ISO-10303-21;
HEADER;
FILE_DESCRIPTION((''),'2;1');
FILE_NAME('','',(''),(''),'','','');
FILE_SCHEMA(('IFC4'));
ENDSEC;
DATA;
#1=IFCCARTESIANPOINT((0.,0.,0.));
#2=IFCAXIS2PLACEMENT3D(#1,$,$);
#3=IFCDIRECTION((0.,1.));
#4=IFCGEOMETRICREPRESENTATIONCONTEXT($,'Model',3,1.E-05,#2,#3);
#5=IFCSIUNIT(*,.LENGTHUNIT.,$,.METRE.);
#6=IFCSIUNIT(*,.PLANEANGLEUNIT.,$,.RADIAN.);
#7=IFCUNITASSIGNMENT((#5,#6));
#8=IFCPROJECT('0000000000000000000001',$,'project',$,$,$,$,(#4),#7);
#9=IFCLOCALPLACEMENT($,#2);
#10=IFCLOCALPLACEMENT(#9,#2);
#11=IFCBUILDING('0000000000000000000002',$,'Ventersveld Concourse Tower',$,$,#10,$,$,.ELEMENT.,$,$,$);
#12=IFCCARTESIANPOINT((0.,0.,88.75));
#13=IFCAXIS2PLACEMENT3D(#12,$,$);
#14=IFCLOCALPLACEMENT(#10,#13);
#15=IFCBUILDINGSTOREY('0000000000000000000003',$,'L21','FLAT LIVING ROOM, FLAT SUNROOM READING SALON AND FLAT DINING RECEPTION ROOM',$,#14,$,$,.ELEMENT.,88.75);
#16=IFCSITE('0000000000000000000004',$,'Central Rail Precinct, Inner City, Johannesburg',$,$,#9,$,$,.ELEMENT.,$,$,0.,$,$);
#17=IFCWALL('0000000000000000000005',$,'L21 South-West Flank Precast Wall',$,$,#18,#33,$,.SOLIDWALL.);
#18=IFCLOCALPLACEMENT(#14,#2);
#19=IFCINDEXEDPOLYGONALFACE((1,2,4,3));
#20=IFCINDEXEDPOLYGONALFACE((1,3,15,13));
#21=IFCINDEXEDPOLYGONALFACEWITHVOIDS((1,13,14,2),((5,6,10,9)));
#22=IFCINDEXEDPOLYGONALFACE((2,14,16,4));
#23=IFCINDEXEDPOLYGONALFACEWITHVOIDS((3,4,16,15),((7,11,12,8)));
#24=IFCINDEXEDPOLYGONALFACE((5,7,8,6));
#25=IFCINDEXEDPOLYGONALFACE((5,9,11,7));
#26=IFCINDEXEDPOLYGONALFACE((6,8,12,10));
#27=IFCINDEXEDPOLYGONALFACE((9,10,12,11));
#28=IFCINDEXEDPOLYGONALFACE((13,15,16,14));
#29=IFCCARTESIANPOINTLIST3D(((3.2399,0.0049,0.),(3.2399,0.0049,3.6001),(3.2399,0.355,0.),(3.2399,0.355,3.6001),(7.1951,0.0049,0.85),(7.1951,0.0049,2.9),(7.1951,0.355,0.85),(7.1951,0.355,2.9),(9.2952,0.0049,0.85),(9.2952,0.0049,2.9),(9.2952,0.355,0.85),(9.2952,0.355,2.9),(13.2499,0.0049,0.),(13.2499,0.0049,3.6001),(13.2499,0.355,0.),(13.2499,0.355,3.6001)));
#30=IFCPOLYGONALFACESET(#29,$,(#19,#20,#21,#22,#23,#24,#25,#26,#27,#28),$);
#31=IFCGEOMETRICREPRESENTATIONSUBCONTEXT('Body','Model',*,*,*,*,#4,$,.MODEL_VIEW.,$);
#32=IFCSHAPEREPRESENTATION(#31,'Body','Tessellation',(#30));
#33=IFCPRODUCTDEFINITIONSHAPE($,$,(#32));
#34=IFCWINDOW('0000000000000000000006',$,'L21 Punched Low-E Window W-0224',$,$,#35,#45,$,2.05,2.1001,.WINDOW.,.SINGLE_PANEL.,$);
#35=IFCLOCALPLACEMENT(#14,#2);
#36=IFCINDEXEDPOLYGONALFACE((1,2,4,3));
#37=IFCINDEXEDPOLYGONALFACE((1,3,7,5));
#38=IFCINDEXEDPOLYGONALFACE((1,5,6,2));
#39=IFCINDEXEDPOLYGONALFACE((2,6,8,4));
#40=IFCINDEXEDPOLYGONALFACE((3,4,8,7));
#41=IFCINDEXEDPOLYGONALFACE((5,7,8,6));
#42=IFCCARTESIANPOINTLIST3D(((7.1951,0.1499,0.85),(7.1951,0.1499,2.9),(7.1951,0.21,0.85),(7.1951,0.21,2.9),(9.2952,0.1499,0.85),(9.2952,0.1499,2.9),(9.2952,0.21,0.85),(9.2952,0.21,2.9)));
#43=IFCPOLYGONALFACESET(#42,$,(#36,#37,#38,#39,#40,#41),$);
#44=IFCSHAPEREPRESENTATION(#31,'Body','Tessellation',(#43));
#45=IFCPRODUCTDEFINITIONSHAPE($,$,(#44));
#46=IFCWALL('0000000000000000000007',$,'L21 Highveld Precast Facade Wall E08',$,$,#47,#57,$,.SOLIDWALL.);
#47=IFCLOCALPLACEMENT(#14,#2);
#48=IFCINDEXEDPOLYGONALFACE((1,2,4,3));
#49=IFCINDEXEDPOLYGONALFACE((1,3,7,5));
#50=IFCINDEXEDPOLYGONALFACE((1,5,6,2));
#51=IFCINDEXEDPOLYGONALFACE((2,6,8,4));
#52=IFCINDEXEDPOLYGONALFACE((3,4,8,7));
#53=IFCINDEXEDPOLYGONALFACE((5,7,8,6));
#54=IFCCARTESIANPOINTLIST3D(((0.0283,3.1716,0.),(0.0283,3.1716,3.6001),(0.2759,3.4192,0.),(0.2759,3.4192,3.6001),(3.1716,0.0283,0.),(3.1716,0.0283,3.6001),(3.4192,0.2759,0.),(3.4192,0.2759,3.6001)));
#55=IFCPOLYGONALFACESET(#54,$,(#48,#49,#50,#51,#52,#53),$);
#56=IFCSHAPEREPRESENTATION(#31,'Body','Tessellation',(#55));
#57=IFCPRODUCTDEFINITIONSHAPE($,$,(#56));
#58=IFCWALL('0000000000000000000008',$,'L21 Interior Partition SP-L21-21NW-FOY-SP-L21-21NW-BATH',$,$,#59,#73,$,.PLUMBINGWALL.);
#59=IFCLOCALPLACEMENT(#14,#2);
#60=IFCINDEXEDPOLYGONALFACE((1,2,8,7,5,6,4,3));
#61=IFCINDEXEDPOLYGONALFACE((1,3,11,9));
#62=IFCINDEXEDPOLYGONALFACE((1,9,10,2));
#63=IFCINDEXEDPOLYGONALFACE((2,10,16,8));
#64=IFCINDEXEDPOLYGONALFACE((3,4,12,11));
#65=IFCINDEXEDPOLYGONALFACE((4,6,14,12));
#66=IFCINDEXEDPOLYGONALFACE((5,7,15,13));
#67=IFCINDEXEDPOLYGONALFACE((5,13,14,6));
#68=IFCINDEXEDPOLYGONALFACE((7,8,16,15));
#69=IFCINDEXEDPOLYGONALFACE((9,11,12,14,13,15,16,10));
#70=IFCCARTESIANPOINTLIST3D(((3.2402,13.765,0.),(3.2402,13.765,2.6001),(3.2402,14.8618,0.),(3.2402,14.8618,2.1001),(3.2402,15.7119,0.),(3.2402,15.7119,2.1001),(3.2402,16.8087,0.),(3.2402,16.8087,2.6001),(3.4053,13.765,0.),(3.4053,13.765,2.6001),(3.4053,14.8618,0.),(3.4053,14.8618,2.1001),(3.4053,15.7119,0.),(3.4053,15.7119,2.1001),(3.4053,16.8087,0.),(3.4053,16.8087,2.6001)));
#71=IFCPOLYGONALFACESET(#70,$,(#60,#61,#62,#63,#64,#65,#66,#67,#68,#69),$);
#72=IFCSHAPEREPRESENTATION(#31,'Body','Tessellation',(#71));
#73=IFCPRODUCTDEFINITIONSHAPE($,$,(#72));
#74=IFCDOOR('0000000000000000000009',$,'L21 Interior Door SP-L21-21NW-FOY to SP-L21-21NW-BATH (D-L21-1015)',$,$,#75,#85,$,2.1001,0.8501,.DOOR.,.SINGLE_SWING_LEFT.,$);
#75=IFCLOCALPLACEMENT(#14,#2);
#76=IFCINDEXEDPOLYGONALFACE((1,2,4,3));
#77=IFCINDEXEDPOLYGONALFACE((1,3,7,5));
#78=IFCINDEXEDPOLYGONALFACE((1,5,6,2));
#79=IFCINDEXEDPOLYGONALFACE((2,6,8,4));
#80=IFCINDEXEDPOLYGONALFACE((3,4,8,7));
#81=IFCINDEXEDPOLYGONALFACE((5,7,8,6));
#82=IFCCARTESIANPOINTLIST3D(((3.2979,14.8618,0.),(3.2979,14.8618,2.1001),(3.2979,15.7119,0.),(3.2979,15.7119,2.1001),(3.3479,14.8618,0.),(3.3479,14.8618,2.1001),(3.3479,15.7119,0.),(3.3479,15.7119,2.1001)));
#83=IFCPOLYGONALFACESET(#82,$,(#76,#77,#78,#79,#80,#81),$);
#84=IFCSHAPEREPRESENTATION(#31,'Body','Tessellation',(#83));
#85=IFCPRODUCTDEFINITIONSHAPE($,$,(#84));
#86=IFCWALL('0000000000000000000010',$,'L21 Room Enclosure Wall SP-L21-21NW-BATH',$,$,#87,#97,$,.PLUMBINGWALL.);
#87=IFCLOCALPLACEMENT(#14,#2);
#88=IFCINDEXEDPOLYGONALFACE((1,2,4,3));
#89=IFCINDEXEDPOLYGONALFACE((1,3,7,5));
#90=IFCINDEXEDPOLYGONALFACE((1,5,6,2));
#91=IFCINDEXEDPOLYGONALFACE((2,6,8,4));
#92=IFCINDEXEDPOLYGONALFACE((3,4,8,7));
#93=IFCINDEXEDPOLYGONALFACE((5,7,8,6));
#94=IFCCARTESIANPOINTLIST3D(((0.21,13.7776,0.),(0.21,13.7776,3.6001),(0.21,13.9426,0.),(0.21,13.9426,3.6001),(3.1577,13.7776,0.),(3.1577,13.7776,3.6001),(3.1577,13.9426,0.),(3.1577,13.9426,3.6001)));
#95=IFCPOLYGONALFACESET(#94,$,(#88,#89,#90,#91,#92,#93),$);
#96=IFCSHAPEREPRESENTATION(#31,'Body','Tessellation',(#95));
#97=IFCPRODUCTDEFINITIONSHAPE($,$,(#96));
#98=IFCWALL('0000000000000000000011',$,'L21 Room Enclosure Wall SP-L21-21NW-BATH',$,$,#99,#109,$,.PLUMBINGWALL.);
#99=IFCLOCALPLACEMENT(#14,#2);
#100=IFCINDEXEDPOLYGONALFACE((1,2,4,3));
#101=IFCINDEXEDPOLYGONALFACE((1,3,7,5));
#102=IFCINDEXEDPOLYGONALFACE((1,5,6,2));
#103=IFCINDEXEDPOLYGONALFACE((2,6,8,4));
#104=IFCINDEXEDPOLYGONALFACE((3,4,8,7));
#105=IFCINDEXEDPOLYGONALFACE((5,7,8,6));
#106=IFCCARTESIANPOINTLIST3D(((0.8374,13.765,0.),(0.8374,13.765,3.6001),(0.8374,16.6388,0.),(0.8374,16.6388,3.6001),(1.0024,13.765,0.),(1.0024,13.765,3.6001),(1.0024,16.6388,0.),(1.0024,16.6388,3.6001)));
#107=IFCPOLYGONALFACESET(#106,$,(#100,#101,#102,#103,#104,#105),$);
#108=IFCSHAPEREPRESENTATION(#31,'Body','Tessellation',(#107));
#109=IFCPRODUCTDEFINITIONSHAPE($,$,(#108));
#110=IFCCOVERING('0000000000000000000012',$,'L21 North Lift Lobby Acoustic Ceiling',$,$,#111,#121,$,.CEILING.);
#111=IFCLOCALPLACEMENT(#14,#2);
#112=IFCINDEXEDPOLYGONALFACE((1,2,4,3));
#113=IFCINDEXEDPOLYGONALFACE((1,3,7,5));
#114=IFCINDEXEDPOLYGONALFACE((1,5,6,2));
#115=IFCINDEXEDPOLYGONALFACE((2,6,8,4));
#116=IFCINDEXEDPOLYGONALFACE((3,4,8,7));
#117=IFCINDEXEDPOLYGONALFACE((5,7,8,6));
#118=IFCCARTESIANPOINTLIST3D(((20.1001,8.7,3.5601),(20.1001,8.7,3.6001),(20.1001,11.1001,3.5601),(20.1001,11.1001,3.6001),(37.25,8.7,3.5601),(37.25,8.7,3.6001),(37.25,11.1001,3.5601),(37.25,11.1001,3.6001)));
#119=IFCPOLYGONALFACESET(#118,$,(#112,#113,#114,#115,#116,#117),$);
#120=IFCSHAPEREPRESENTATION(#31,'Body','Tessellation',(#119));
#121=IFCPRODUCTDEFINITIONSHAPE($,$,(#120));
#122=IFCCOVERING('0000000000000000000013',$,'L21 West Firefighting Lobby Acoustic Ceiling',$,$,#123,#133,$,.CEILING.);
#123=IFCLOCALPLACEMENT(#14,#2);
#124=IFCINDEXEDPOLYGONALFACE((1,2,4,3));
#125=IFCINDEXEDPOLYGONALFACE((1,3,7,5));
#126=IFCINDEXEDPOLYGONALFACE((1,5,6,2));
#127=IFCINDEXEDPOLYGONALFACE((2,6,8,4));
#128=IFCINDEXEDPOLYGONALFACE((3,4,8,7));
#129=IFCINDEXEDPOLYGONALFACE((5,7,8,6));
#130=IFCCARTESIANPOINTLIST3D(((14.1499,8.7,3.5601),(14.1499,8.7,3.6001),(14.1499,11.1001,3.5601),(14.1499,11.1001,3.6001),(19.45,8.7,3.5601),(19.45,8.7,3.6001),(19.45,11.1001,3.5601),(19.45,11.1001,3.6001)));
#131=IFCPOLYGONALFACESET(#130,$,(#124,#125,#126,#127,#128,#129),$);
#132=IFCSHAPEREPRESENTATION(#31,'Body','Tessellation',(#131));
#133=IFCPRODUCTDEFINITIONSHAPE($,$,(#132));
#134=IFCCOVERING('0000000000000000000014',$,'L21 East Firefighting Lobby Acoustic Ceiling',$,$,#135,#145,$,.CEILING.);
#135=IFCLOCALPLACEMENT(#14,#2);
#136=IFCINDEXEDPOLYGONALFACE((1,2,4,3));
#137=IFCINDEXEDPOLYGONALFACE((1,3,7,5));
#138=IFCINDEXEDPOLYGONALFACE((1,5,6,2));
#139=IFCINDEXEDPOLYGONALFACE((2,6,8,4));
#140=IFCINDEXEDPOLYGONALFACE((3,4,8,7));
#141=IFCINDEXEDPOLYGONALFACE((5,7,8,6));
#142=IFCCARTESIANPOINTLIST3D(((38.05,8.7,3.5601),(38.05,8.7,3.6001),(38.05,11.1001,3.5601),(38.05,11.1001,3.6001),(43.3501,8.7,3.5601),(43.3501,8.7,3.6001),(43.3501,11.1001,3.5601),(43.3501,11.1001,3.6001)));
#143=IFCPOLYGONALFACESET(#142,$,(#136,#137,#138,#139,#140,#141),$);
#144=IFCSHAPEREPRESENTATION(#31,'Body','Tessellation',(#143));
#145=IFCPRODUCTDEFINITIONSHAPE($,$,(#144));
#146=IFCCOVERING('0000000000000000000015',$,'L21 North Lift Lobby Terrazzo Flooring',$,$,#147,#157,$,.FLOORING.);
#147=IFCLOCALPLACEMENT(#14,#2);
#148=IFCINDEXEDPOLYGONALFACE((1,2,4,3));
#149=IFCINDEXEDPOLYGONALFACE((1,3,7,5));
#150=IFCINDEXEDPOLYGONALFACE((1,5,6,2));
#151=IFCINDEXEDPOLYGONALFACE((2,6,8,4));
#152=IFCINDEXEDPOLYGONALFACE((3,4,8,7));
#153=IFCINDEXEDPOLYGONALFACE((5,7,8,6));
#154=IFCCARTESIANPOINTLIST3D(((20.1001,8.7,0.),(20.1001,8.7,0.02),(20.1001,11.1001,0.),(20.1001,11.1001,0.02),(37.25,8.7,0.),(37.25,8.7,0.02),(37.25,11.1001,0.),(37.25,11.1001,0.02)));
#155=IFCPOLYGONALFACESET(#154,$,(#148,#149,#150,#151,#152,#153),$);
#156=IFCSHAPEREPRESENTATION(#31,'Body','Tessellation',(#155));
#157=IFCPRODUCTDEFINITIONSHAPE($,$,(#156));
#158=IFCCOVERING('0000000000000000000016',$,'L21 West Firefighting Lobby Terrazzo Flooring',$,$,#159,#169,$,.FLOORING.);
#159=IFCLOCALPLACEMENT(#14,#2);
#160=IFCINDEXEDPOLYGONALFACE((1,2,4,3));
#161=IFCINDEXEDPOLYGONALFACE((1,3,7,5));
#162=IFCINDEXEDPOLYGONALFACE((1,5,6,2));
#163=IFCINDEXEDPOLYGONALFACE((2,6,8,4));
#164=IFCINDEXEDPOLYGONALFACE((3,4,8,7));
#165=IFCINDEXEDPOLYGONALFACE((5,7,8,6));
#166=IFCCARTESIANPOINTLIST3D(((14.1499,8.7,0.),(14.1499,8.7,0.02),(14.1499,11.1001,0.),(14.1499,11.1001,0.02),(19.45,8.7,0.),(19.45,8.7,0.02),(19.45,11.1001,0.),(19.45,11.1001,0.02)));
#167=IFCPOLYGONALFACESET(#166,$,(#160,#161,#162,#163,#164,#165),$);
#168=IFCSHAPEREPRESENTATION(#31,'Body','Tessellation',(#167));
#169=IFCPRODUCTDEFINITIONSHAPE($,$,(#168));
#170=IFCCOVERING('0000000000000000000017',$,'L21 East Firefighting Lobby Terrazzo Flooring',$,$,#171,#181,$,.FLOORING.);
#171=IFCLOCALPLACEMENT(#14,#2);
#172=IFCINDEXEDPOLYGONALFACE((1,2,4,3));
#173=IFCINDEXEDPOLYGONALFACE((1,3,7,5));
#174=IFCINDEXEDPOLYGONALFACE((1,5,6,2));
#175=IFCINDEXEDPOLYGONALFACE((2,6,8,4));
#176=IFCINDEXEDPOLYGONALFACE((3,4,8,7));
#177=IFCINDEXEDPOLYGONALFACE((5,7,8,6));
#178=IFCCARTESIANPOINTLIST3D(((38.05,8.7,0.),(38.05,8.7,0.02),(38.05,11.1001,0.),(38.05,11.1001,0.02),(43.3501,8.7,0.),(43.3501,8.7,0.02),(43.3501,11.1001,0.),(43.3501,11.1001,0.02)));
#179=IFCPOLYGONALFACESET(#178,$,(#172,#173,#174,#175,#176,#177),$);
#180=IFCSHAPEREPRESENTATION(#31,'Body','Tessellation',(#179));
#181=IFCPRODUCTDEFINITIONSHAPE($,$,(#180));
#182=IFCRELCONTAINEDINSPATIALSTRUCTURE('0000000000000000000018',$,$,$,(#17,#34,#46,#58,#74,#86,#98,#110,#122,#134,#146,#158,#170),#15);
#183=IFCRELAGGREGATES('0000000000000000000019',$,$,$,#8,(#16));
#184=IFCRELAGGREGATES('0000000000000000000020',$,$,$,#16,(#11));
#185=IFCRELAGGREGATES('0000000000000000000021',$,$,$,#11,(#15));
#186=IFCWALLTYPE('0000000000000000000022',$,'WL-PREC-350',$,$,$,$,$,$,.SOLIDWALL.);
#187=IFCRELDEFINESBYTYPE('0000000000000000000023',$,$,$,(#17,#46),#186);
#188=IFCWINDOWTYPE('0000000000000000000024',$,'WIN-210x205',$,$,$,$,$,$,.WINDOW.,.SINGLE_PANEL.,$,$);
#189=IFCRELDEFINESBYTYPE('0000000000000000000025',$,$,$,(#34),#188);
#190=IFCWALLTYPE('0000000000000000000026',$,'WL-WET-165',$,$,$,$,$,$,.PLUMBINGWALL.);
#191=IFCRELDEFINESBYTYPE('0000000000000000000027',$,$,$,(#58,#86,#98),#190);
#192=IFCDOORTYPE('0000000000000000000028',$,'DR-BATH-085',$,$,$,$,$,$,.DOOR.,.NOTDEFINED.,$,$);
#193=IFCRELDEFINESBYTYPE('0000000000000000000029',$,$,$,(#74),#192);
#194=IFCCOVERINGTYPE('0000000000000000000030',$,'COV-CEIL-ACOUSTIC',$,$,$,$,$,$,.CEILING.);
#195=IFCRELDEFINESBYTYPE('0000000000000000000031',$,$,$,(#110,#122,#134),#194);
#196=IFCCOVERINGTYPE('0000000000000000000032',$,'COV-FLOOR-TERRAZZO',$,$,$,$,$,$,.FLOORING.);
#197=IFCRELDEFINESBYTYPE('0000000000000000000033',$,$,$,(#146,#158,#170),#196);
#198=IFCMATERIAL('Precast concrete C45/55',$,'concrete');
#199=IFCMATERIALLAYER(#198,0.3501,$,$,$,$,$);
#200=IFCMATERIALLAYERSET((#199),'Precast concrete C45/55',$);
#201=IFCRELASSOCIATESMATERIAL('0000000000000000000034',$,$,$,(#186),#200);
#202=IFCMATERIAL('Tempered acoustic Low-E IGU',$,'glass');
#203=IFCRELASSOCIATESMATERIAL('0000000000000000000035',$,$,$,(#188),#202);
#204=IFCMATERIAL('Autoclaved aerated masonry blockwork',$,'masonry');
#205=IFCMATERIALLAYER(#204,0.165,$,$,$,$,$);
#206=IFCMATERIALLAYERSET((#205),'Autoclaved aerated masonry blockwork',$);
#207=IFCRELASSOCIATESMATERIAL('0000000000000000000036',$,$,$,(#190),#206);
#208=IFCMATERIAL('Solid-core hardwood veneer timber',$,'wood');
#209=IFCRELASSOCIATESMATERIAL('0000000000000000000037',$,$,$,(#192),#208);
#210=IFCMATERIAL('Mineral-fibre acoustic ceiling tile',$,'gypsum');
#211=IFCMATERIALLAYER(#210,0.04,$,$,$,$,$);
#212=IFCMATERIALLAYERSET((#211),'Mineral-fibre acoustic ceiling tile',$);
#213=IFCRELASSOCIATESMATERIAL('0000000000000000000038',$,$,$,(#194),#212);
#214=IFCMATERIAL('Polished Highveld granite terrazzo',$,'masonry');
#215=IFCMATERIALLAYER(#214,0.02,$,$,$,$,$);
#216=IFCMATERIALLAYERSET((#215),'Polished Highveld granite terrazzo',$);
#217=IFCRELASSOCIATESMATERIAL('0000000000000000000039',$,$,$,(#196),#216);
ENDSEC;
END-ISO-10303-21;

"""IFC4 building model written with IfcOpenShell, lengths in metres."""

from ifc_helpers import new_model, si_unit, direction, frame, frame_2d, origin, place, context, subcontext, project, spatial, polyline, rectangle, outline, extrude, material, layer, layer_set, type_object, element, fill, save


model = new_model("IFC4")

# Units and contexts
model_context = context("Model", 3, precision=1e-05, world=origin(), true_north=direction((0.0, 1.0)))
body_context = subcontext(model_context, "Body", "Model", "MODEL_VIEW")
ifc_project = project(units=[si_unit("LENGTHUNIT", "METRE"), si_unit("PLANEANGLEUNIT", "RADIAN")], contexts=[model_context])

# Site, building, storey
site_placement = place(None, origin())
site = spatial("IfcSite", under=ifc_project, at=site_placement, Name="Central Rail Precinct, Inner City, Johannesburg", CompositionType="ELEMENT", RefElevation=0.0)
building_placement = place(site_placement, origin())
building = spatial("IfcBuilding", under=site, at=building_placement, Name="Ventersveld Concourse Tower", CompositionType="ELEMENT")
storey_placement = place(building_placement, frame((0.0, 0.0, 88.75)))
storey = spatial("IfcBuildingStorey", under=building, at=storey_placement, Name="L21", Description="FLAT LIVING ROOM, FLAT SUNROOM READING SALON AND FLAT DINING RECEPTION ROOM", CompositionType="ELEMENT", Elevation=88.75)

# Wall, opening, window
ifc_material_1 = material(Name="Precast concrete C45/55", Category="concrete")
ifc_layer_1 = layer(ifc_material_1, 0.3501)
ifc_layer_set_1 = layer_set([ifc_layer_1], Name="Precast concrete C45/55")
wall_type_1 = type_object("IfcWallType", Name="WL-PREC-350", PredefinedType="SOLIDWALL", material=ifc_layer_set_1)
wall_1_placement = place(storey_placement, frame((3.24, 0.1799, 0.0), z_axis=(0.0, 0.0, 1.0), x_axis=(1.0, 0.0, 0.0)))
wall_1 = element("IfcWall", 1, at=wall_1_placement, inside=storey, type_object=wall_type_1, Name="L21 South-West Flank Precast Wall", PredefinedType="SOLIDWALL", context=body_context, shape_type="SweptSolid", body=[
    extrude(rectangle(XDim=10.01, YDim=0.3501, at=frame_2d((5.0049, 0.0))), origin(), (0.0, 0.0, 1.0), 3.6001),
])
opening_1_placement = place(wall_1_placement, frame((3.9551, 0.0, 0.8501)))
opening_1 = element("IfcOpeningElement", 2, at=opening_1_placement, cuts=wall_1, PredefinedType="OPENING", context=body_context, shape_type="SweptSolid", body=[
    extrude(rectangle(XDim=2.1001, YDim=2.05, at=frame_2d((1.05, 1.0249))), frame((0.0, 0.1851, 0.0), z_axis=(0.0, -1.0, 0.0), x_axis=(1.0, 0.0, 0.0)), (0.0, 0.0, 1.0), 0.3701),
])
ifc_material_2 = material(Name="Tempered acoustic Low-E IGU", Category="glass")
window_type = type_object("IfcWindowType", Name="WIN-210x205", PartitioningType="SINGLE_PANEL", PredefinedType="WINDOW", material=ifc_material_2)
window_placement = place(opening_1_placement, origin())
window = element("IfcWindow", 3, at=window_placement, inside=storey, type_object=window_type, Name="L21 Punched Low-E Window W-0224", OverallHeight=2.05, OverallWidth=2.1001, PartitioningType="SINGLE_PANEL", PredefinedType="WINDOW", context=body_context, shape_type="SweptSolid", body=[
    extrude(rectangle(XDim=2.1001, YDim=2.05, at=frame_2d((1.05, 1.0249))), frame((0.0, 0.03, 0.0), z_axis=(0.0, -1.0, 0.0), x_axis=(1.0, 0.0, 0.0)), (0.0, 0.0, 1.0), 0.0601),
])
fill(opening_1, window)

# Wall
wall_2_placement = place(storey_placement, frame((0.1521, 3.2954, 0.0), z_axis=(0.0, 0.0, 1.0), x_axis=(0.707107, -0.707107, 0.0)))
element("IfcWall", 4, at=wall_2_placement, inside=storey, type_object=wall_type_1, Name="L21 Highveld Precast Facade Wall E08", PredefinedType="SOLIDWALL", context=body_context, shape_type="SweptSolid", body=[
    extrude(rectangle(XDim=4.4453, YDim=0.3501, at=frame_2d((2.2227, 0.0))), origin(), (0.0, 0.0, 1.0), 3.6001),
])

# Wall, opening, door
ifc_material_3 = material(Name="Autoclaved aerated masonry blockwork", Category="masonry")
ifc_layer_2 = layer(ifc_material_3, 0.165)
ifc_layer_set_2 = layer_set([ifc_layer_2], Name="Autoclaved aerated masonry blockwork")
wall_type_2 = type_object("IfcWallType", Name="WL-WET-165", PredefinedType="PLUMBINGWALL", material=ifc_layer_set_2)
wall_3_placement = place(storey_placement, frame((3.3228, 13.7649, 0.0), z_axis=(0.0, 0.0, 1.0), x_axis=(0.0, 1.0, 0.0)))
wall_3 = element("IfcWall", 5, at=wall_3_placement, inside=storey, type_object=wall_type_2, Name="L21 Interior Partition SP-L21-21NW-FOY-SP-L21-21NW-BATH", PredefinedType="PLUMBINGWALL", context=body_context, shape_type="SweptSolid", body=[
    extrude(rectangle(XDim=3.0437, YDim=0.165, at=frame_2d((1.522, 0.0))), origin(), (0.0, 0.0, 1.0), 2.6001),
])
opening_2_placement = place(wall_3_placement, frame((1.0969, 0.0, 0.0)))
opening_2 = element("IfcOpeningElement", 6, at=opening_2_placement, cuts=wall_3, PredefinedType="OPENING", context=body_context, shape_type="SweptSolid", body=[
    extrude(rectangle(XDim=0.8501, YDim=2.1001, at=frame_2d((0.425, 1.05))), frame((0.0, 0.0925, 0.0), z_axis=(0.0, -1.0, 0.0), x_axis=(1.0, 0.0, 0.0)), (0.0, 0.0, 1.0), 0.1851),
])
ifc_material_4 = material(Name="Solid-core hardwood veneer timber", Category="wood")
door_type = type_object("IfcDoorType", Name="DR-BATH-085", OperationType="NOTDEFINED", PredefinedType="DOOR", material=ifc_material_4)
door_placement = place(opening_2_placement, origin())
door = element("IfcDoor", 7, at=door_placement, inside=storey, type_object=door_type, Name="L21 Interior Door SP-L21-21NW-FOY to SP-L21-21NW-BATH (D-L21-1015)", OperationType="SINGLE_SWING_LEFT", OverallHeight=2.1001, OverallWidth=0.8501, PredefinedType="DOOR", context=body_context, shape_type="SweptSolid", body=[
    extrude(rectangle(XDim=0.8501, YDim=2.1001, at=frame_2d((0.425, 1.05))), frame((0.0, 0.0249, 0.0), z_axis=(0.0, -1.0, 0.0), x_axis=(1.0, 0.0, 0.0)), (0.0, 0.0, 1.0), 0.05),
])
fill(opening_2, door)

# Walls
wall_4_placement = place(storey_placement, frame((3.1577, 13.8601, 0.0), z_axis=(0.0, 0.0, 1.0), x_axis=(-1.0, 0.0, 0.0)))
element("IfcWall", 8, at=wall_4_placement, inside=storey, type_object=wall_type_2, Name="L21 Room Enclosure Wall SP-L21-21NW-BATH", PredefinedType="PLUMBINGWALL", context=body_context, shape_type="SweptSolid", body=[
    extrude(rectangle(XDim=2.9478, YDim=0.165, at=frame_2d((1.4739, 0.0))), origin(), (0.0, 0.0, 1.0), 3.6001),
])
wall_5_placement = place(storey_placement, frame((0.9199, 13.7649, 0.0), z_axis=(0.0, 0.0, 1.0), x_axis=(0.0, 1.0, 0.0)))
element("IfcWall", 9, at=wall_5_placement, inside=storey, type_object=wall_type_2, Name="L21 Room Enclosure Wall SP-L21-21NW-BATH", PredefinedType="PLUMBINGWALL", context=body_context, shape_type="SweptSolid", body=[
    extrude(rectangle(XDim=2.8738, YDim=0.165, at=frame_2d((1.437, 0.0))), origin(), (0.0, 0.0, 1.0), 3.6001),
])

# Coverings
ifc_material_5 = material(Name="Mineral-fibre acoustic ceiling tile", Category="gypsum")
ifc_layer_3 = layer(ifc_material_5, 0.04)
ifc_layer_set_3 = layer_set([ifc_layer_3], Name="Mineral-fibre acoustic ceiling tile")
covering_type_1 = type_object("IfcCoveringType", Name="COV-CEIL-ACOUSTIC", PredefinedType="CEILING", material=ifc_layer_set_3)
covering_1_placement = place(storey_placement, frame((0.0, 0.0, 3.5601)))
element("IfcCovering", 10, at=covering_1_placement, inside=storey, type_object=covering_type_1, Name="L21 North Lift Lobby Acoustic Ceiling", PredefinedType="CEILING", context=body_context, shape_type="SweptSolid", body=[
    extrude(outline(polyline([(20.1001, 8.7), (37.25, 8.7), (37.25, 11.1001), (20.1001, 11.1001), (20.1001, 8.7)])), origin(), (0.0, 0.0, 1.0), 0.04),
])
covering_2_placement = place(storey_placement, frame((0.0, 0.0, 3.5601)))
element("IfcCovering", 11, at=covering_2_placement, inside=storey, type_object=covering_type_1, Name="L21 West Firefighting Lobby Acoustic Ceiling", PredefinedType="CEILING", context=body_context, shape_type="SweptSolid", body=[
    extrude(outline(polyline([(14.1499, 8.7), (19.45, 8.7), (19.45, 11.1001), (14.1499, 11.1001), (14.1499, 8.7)])), origin(), (0.0, 0.0, 1.0), 0.04),
])
covering_3_placement = place(storey_placement, frame((0.0, 0.0, 3.5601)))
element("IfcCovering", 12, at=covering_3_placement, inside=storey, type_object=covering_type_1, Name="L21 East Firefighting Lobby Acoustic Ceiling", PredefinedType="CEILING", context=body_context, shape_type="SweptSolid", body=[
    extrude(outline(polyline([(38.05, 8.7), (43.3501, 8.7), (43.3501, 11.1001), (38.05, 11.1001), (38.05, 8.7)])), origin(), (0.0, 0.0, 1.0), 0.04),
])
ifc_material_6 = material(Name="Polished Highveld granite terrazzo", Category="masonry")
ifc_layer_4 = layer(ifc_material_6, 0.02)
ifc_layer_set_4 = layer_set([ifc_layer_4], Name="Polished Highveld granite terrazzo")
covering_type_2 = type_object("IfcCoveringType", Name="COV-FLOOR-TERRAZZO", PredefinedType="FLOORING", material=ifc_layer_set_4)
covering_4_placement = place(storey_placement, origin())
element("IfcCovering", 13, at=covering_4_placement, inside=storey, type_object=covering_type_2, Name="L21 North Lift Lobby Terrazzo Flooring", PredefinedType="FLOORING", context=body_context, shape_type="SweptSolid", body=[
    extrude(outline(polyline([(20.1001, 8.7), (37.25, 8.7), (37.25, 11.1001), (20.1001, 11.1001), (20.1001, 8.7)])), origin(), (0.0, 0.0, 1.0), 0.02),
])
covering_5_placement = place(storey_placement, origin())
element("IfcCovering", 14, at=covering_5_placement, inside=storey, type_object=covering_type_2, Name="L21 West Firefighting Lobby Terrazzo Flooring", PredefinedType="FLOORING", context=body_context, shape_type="SweptSolid", body=[
    extrude(outline(polyline([(14.1499, 8.7), (19.45, 8.7), (19.45, 11.1001), (14.1499, 11.1001), (14.1499, 8.7)])), origin(), (0.0, 0.0, 1.0), 0.02),
])
covering_6_placement = place(storey_placement, origin())
element("IfcCovering", 15, at=covering_6_placement, inside=storey, type_object=covering_type_2, Name="L21 East Firefighting Lobby Terrazzo Flooring", PredefinedType="FLOORING", context=body_context, shape_type="SweptSolid", body=[
    extrude(outline(polyline([(38.05, 8.7), (43.3501, 8.7), (43.3501, 11.1001), (38.05, 11.1001), (38.05, 8.7)])), origin(), (0.0, 0.0, 1.0), 0.02),
])

save(model, "model.ifc")
